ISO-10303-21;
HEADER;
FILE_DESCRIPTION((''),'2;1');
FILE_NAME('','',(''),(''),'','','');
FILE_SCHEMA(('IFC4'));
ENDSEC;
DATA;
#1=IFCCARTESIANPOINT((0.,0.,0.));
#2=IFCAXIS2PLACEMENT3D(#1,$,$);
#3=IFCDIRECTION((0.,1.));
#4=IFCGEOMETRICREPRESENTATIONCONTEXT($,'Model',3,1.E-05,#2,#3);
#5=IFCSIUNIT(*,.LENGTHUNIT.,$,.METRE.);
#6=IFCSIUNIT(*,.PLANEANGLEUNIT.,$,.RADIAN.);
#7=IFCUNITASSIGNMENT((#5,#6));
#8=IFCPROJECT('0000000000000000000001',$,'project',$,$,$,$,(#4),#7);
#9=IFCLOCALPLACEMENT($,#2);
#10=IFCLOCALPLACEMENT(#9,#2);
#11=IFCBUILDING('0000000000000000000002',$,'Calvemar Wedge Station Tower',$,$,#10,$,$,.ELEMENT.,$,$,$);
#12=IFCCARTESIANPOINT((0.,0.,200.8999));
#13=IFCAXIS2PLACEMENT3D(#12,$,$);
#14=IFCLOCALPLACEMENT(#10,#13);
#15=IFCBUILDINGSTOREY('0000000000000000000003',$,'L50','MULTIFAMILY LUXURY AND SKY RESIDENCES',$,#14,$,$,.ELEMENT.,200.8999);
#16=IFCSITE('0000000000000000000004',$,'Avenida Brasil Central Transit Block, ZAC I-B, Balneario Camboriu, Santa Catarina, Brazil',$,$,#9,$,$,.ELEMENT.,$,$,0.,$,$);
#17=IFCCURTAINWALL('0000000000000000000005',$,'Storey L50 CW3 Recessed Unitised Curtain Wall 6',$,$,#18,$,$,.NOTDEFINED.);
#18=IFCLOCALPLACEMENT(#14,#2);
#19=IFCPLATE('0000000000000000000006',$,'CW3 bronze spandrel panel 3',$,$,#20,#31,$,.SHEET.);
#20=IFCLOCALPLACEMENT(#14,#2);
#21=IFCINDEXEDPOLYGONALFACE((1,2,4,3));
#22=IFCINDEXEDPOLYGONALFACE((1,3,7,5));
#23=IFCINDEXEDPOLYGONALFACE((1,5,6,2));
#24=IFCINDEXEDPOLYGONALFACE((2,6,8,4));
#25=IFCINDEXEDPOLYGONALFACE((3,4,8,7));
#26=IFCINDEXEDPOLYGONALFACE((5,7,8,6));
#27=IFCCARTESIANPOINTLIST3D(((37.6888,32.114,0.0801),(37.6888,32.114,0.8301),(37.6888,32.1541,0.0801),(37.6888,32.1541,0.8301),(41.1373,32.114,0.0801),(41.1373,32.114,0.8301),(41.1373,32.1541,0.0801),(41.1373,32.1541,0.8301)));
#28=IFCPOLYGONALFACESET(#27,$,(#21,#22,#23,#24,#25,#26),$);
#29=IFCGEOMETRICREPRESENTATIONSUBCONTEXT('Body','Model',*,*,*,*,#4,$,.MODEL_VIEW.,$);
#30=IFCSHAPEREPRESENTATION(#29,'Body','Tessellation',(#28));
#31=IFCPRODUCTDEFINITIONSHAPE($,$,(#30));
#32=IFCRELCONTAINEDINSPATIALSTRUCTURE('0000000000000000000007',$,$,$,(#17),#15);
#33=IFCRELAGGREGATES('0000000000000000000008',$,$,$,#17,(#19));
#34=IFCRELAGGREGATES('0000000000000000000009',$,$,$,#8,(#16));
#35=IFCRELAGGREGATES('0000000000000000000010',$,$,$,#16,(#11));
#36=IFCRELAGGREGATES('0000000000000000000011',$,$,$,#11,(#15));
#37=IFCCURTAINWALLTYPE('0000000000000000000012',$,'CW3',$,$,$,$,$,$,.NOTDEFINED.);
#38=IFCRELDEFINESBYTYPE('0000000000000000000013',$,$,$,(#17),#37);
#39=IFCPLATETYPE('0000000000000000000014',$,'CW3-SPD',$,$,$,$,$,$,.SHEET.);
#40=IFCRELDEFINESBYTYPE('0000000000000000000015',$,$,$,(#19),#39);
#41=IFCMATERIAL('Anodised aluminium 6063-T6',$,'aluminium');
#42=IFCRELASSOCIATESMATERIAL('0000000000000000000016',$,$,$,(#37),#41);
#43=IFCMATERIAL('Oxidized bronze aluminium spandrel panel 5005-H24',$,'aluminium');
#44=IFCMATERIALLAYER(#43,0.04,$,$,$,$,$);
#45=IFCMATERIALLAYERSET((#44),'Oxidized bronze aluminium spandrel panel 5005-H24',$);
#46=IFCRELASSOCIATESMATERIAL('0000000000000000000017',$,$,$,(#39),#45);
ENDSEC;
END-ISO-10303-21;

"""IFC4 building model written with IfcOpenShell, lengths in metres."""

from ifc_helpers import new_model, si_unit, direction, frame, frame_2d, origin, place, context, subcontext, project, spatial, rectangle, extrude, material, layer, layer_set, type_object, element, aggregate, save


model = new_model("IFC4")

# Units and contexts
model_context = context("Model", 3, precision=1e-05, world=origin(), true_north=direction((0.0, 1.0)))
body_context = subcontext(model_context, "Body", "Model", "MODEL_VIEW")
ifc_project = project(units=[si_unit("LENGTHUNIT", "METRE"), si_unit("PLANEANGLEUNIT", "RADIAN")], contexts=[model_context])

# Site, building, storey
site_placement = place(None, origin())
site = spatial("IfcSite", under=ifc_project, at=site_placement, Name="Avenida Brasil Central Transit Block, ZAC I-B, Balneario Camboriu, Santa Catarina, Brazil", CompositionType="ELEMENT", RefElevation=0.0)
building_placement = place(site_placement, origin())
building = spatial("IfcBuilding", under=site, at=building_placement, Name="Calvemar Wedge Station Tower", CompositionType="ELEMENT")
storey_placement = place(building_placement, frame((0.0, 0.0, 200.8999)))
storey = spatial("IfcBuildingStorey", under=building, at=storey_placement, Name="L50", Description="MULTIFAMILY LUXURY AND SKY RESIDENCES", CompositionType="ELEMENT", Elevation=200.8999)

# Curtain wall, plate
ifc_material_1 = material(Name="Anodised aluminium 6063-T6", Category="aluminium")
curtain_wall_type = type_object("IfcCurtainWallType", Name="CW3", PredefinedType="NOTDEFINED", material=ifc_material_1)
curtain_wall_placement = place(storey_placement, origin())
curtain_wall = element("IfcCurtainWall", 1, at=curtain_wall_placement, inside=storey, type_object=curtain_wall_type, Name="Storey L50 CW3 Recessed Unitised Curtain Wall 6", PredefinedType="NOTDEFINED")
ifc_material_2 = material(Name="Oxidized bronze aluminium spandrel panel 5005-H24", Category="aluminium")
ifc_layer_1 = layer(ifc_material_2, 0.04)
ifc_layer_set_1 = layer_set([ifc_layer_1], Name="Oxidized bronze aluminium spandrel panel 5005-H24")
plate_type_1 = type_object("IfcPlateType", Name="CW3-SPD", PredefinedType="SHEET", material=ifc_layer_set_1)
plate_1_placement = place(storey_placement, frame((37.689, 32.134, 0.0801), z_axis=(0.0, 0.0, 1.0), x_axis=(1.0, 0.0, 0.0)))
plate_1 = element("IfcPlate", 2, at=plate_1_placement, type_object=plate_type_1, Name="CW3 bronze spandrel panel 3", PredefinedType="SHEET", context=body_context, shape_type="SweptSolid", body=[
    extrude(rectangle(XDim=3.4485, YDim=0.04, at=frame_2d((1.7241, 0.0))), origin(), (0.0, 0.0, 1.0), 0.75),
])
aggregate(curtain_wall, [plate_1])

save(model, "model.ifc")
